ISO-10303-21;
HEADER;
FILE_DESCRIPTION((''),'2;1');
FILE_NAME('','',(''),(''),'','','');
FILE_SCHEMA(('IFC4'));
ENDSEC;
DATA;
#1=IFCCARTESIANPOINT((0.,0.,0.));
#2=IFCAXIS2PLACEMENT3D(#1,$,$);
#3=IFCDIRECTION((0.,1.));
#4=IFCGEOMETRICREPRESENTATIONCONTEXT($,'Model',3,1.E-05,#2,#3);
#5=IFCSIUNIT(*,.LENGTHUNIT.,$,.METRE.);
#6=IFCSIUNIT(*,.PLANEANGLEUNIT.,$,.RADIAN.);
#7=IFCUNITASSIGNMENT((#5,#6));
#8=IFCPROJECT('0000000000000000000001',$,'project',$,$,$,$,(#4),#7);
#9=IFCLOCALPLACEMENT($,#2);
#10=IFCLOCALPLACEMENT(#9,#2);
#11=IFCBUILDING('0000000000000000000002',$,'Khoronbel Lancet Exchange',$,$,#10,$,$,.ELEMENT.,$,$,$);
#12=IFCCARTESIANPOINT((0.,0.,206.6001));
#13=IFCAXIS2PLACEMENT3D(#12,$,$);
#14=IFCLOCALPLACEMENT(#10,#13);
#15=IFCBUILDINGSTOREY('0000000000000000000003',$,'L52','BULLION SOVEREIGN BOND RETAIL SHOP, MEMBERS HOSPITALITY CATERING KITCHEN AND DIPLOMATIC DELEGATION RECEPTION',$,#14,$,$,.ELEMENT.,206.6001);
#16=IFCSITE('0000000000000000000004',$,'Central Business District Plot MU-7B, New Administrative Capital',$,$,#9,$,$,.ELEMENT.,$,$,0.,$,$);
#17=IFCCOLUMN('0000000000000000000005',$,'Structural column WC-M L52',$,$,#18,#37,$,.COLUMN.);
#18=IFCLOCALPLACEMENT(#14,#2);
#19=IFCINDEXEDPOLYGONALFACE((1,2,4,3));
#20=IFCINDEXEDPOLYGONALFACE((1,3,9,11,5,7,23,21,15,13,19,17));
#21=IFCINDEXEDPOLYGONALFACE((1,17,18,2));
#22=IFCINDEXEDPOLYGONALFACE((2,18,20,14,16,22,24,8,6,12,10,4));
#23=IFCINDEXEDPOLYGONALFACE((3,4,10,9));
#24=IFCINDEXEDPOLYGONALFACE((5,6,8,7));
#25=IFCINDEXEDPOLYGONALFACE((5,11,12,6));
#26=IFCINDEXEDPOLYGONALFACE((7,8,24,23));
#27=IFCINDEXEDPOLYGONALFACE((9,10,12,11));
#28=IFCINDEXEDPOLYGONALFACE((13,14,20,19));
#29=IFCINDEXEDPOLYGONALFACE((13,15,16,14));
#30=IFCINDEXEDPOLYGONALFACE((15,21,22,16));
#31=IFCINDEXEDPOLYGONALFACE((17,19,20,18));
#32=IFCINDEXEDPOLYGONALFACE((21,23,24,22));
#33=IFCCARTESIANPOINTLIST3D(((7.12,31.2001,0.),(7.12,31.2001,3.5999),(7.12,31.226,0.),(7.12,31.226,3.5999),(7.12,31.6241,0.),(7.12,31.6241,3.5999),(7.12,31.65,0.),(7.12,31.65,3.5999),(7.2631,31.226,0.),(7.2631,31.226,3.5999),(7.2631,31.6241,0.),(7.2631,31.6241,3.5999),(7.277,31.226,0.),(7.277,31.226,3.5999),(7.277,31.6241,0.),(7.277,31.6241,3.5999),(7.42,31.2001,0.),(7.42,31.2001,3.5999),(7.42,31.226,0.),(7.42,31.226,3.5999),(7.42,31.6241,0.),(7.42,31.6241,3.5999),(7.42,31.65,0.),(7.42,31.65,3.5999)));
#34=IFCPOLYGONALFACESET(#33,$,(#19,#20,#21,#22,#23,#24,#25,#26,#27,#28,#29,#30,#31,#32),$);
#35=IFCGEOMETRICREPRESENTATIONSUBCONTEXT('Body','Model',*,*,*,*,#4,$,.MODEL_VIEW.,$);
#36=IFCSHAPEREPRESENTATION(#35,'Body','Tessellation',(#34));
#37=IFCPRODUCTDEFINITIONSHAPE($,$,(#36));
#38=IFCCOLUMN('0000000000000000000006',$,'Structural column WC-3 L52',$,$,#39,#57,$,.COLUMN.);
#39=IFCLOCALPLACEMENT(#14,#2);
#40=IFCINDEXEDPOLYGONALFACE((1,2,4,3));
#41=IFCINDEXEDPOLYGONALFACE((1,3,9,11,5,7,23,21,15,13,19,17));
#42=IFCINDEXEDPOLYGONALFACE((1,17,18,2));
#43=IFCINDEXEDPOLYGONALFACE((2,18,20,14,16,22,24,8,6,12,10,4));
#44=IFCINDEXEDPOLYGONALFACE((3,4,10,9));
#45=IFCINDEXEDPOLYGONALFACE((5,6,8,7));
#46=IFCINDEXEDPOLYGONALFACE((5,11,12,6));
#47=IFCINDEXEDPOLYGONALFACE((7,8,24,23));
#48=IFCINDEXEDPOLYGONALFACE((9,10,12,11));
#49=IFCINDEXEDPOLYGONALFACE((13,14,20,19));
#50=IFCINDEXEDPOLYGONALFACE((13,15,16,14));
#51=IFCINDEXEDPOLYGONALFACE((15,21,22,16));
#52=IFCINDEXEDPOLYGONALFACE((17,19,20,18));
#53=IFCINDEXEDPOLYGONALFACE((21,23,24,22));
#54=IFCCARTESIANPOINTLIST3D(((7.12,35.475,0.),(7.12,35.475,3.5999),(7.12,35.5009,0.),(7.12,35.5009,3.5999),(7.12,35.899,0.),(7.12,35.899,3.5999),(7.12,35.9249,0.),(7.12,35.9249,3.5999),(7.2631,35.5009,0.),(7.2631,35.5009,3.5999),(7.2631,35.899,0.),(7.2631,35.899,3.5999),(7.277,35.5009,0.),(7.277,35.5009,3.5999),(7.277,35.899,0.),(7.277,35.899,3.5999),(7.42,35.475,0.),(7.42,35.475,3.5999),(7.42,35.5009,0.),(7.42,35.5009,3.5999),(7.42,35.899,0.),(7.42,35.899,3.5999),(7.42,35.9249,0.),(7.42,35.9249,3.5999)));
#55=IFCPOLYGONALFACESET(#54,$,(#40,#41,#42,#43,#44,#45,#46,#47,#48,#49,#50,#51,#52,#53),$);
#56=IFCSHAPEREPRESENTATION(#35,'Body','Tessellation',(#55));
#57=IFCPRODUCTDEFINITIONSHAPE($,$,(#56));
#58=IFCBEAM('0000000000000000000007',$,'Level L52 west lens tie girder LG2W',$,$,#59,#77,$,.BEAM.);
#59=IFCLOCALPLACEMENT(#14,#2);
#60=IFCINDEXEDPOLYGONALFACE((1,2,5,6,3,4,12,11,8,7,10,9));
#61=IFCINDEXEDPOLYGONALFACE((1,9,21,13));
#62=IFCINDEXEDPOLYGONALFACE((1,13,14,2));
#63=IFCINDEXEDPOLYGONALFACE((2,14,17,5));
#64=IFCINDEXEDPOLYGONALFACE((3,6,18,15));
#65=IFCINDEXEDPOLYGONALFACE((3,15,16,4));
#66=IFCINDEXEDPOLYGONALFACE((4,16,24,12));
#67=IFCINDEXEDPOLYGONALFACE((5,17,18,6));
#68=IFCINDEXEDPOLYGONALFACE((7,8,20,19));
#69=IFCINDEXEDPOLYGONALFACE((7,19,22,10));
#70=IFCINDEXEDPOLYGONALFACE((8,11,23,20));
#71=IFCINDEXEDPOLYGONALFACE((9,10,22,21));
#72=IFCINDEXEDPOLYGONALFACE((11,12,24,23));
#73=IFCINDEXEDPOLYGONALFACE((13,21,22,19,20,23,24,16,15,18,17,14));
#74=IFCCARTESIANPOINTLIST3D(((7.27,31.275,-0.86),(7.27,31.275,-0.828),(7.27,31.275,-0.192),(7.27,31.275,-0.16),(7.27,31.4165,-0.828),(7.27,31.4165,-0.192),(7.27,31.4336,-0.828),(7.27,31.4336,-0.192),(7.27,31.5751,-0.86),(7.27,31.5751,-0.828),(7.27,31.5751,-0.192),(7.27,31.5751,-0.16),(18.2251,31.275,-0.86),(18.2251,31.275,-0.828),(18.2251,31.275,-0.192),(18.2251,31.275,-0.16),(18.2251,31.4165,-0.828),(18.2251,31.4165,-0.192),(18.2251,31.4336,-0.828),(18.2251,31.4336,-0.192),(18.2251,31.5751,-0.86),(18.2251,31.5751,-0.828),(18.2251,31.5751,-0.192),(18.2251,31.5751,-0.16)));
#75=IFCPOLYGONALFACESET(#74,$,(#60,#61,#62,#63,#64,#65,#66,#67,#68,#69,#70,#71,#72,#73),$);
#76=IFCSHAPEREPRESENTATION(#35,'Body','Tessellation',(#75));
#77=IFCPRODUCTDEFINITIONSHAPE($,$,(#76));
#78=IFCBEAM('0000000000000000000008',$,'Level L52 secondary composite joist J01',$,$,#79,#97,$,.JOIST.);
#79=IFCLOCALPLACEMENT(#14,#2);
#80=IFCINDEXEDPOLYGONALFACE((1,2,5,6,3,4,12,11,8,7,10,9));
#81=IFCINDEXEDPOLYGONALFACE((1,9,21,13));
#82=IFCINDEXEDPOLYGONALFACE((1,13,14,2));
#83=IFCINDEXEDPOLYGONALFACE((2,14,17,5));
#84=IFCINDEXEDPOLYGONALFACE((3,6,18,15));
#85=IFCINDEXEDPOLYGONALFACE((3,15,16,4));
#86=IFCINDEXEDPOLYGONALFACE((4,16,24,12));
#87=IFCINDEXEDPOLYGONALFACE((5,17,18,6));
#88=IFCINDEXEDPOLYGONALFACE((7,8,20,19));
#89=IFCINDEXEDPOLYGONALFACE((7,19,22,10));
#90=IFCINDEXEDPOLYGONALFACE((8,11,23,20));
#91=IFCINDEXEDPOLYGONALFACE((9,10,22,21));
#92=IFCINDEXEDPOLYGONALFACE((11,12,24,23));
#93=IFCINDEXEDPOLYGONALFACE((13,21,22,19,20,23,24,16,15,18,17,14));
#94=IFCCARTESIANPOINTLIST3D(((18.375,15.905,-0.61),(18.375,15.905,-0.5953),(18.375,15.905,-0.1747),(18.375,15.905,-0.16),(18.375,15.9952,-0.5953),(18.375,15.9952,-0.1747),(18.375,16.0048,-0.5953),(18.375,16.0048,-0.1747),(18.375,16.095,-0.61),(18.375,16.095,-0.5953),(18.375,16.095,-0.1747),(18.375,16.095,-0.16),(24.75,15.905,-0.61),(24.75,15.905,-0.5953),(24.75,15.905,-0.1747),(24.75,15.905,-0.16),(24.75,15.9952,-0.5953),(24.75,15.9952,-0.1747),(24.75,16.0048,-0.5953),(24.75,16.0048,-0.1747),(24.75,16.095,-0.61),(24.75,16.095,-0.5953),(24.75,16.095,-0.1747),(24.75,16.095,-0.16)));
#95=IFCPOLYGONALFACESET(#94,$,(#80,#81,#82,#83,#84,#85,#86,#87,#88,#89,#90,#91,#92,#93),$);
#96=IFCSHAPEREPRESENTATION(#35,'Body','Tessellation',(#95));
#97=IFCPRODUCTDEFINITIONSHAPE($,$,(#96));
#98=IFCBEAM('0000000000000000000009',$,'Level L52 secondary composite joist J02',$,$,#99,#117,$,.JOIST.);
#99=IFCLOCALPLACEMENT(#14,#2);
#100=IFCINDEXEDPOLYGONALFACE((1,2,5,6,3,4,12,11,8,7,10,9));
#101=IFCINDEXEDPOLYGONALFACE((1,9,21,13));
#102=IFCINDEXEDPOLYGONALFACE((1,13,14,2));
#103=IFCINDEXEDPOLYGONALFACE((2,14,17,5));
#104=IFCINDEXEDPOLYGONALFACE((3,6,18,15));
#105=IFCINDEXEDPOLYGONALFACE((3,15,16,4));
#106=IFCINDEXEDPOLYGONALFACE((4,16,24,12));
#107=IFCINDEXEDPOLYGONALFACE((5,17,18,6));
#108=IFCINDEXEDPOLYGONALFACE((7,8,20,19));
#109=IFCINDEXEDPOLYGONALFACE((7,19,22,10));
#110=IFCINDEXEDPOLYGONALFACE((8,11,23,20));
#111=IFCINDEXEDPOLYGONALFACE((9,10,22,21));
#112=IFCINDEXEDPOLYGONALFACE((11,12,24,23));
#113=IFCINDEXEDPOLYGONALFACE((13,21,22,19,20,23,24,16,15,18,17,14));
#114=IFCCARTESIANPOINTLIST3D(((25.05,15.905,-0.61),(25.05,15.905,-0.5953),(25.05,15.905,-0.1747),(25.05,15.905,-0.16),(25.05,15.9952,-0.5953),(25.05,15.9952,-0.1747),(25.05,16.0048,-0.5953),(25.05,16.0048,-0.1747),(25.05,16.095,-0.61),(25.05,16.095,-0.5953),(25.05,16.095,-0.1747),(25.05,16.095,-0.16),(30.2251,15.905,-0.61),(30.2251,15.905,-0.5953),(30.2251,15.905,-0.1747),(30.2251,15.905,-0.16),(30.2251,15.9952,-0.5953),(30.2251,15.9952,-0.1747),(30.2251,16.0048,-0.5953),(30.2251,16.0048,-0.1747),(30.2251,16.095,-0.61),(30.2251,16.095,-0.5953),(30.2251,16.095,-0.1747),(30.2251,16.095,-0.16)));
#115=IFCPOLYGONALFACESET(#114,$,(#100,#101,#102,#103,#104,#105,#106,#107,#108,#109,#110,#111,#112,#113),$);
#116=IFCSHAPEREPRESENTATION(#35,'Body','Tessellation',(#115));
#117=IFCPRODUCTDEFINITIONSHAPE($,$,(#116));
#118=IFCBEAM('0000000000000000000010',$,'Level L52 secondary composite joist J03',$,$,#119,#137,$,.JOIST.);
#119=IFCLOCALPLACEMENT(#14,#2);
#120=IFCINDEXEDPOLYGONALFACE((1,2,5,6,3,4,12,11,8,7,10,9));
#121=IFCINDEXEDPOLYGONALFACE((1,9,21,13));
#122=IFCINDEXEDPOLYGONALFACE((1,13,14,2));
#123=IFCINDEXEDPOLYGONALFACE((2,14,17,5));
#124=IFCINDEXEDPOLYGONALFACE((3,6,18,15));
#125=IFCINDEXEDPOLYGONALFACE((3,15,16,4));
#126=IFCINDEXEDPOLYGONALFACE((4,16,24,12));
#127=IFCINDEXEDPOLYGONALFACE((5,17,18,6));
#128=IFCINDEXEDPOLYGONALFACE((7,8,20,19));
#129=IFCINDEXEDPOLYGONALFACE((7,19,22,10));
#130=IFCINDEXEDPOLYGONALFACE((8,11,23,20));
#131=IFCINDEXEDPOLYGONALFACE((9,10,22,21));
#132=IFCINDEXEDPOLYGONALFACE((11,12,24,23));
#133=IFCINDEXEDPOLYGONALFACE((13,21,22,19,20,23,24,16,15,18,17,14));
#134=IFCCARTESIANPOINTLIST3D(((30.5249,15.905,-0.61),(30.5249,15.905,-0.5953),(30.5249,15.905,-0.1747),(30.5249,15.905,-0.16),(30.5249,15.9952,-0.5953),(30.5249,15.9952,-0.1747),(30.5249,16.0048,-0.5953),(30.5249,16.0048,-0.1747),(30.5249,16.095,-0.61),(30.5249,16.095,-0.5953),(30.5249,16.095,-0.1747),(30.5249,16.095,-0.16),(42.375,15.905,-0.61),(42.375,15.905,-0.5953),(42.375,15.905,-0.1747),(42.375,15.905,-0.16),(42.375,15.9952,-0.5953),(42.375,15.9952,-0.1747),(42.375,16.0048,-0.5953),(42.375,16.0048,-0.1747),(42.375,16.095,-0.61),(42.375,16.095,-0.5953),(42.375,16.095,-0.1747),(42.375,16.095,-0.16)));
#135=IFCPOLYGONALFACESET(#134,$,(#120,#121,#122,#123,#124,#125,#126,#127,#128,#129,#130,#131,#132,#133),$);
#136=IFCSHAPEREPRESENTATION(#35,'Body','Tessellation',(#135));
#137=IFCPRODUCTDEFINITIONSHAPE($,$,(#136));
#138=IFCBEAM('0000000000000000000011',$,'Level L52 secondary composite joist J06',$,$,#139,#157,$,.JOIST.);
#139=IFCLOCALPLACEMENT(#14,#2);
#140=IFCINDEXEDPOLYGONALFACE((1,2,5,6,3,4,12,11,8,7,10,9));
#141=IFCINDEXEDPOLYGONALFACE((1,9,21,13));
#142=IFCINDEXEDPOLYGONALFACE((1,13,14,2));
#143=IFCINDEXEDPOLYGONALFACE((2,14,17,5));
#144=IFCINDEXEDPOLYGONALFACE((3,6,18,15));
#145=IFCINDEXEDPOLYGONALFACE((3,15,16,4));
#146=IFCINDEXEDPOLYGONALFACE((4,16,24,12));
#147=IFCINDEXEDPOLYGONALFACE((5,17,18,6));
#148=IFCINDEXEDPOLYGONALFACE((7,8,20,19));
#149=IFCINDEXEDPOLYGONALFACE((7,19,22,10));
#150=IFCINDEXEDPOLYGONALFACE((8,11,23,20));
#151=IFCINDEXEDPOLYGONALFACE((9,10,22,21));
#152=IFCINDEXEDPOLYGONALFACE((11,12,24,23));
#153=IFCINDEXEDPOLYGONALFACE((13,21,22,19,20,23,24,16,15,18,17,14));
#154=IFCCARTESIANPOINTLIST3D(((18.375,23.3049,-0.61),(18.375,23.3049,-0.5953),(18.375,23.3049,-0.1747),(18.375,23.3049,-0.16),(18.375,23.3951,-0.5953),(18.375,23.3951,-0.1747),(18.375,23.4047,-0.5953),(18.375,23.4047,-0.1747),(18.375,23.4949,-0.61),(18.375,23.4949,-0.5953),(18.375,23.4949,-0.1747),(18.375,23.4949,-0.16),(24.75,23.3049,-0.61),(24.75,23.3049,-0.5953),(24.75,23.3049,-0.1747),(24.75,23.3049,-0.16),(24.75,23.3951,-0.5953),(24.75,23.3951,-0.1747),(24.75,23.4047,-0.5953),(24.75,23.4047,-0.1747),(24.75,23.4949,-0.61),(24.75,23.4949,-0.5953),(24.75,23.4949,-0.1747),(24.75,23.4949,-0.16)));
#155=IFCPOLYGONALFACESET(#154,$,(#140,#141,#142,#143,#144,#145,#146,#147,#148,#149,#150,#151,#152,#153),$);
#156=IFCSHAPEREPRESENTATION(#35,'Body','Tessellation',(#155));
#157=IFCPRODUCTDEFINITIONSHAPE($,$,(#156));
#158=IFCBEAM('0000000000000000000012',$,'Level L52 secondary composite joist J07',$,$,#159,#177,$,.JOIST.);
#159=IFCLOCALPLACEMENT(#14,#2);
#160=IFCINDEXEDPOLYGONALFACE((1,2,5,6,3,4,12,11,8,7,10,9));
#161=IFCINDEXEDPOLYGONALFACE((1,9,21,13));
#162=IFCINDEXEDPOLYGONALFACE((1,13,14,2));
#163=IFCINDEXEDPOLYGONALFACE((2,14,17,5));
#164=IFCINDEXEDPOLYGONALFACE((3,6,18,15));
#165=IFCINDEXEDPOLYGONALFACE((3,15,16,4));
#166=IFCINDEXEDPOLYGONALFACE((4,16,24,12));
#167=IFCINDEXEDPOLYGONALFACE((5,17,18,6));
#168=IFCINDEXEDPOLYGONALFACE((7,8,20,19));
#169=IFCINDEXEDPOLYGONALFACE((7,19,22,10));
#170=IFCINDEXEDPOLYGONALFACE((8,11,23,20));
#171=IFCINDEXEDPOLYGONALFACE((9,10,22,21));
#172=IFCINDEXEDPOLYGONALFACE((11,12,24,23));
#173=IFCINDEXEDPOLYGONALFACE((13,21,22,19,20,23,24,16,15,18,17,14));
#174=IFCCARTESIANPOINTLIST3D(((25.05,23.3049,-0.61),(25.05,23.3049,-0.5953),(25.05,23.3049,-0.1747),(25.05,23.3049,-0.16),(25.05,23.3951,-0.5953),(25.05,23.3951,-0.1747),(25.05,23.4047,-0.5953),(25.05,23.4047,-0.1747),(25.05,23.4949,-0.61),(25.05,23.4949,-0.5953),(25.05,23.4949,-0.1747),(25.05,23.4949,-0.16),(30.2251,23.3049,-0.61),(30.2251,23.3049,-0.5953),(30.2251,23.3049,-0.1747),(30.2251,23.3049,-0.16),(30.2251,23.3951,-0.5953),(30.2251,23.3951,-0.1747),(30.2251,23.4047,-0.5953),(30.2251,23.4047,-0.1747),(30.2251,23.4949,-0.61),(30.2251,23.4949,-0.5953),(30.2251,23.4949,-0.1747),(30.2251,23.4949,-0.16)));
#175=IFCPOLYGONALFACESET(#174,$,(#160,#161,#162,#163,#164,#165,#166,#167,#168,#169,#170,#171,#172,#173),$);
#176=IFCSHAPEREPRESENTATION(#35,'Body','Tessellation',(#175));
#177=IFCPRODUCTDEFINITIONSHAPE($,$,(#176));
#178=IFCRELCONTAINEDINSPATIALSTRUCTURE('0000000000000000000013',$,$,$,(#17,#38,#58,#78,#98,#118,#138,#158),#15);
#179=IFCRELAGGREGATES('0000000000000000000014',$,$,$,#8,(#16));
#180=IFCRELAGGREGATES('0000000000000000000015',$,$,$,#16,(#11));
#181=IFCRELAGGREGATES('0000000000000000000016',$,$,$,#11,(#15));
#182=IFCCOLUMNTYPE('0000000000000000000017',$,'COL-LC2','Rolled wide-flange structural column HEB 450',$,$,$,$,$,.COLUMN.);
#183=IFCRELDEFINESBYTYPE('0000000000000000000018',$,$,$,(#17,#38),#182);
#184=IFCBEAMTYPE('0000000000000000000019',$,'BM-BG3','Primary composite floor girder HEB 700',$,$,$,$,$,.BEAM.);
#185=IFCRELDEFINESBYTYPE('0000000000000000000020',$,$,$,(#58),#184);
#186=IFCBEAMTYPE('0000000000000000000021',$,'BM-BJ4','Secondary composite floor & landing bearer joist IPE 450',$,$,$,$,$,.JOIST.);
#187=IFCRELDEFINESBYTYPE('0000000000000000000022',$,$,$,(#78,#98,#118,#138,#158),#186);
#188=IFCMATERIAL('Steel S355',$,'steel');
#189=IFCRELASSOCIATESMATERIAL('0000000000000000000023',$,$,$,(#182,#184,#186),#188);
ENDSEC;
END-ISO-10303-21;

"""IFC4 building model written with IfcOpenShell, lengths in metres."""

from ifc_helpers import new_model, si_unit, direction, frame, origin, origin_2d, place, context, subcontext, project, spatial, i_section, extrude, material, material_profile, profile_set, type_object, element, save


model = new_model("IFC4")

# Units and contexts
model_context = context("Model", 3, precision=1e-05, world=origin(), true_north=direction((0.0, 1.0)))
body_context = subcontext(model_context, "Body", "Model", "MODEL_VIEW")
ifc_project = project(units=[si_unit("LENGTHUNIT", "METRE"), si_unit("PLANEANGLEUNIT", "RADIAN")], contexts=[model_context])

# Site, building, storey
site_placement = place(None, origin())
site = spatial("IfcSite", under=ifc_project, at=site_placement, Name="Central Business District Plot MU-7B, New Administrative Capital", CompositionType="ELEMENT", RefElevation=0.0)
building_placement = place(site_placement, origin())
building = spatial("IfcBuilding", under=site, at=building_placement, Name="Khoronbel Lancet Exchange", CompositionType="ELEMENT")
storey_placement = place(building_placement, frame((0.0, 0.0, 206.6001)))
storey = spatial("IfcBuildingStorey", under=building, at=storey_placement, Name="L52", Description="BULLION SOVEREIGN BOND RETAIL SHOP, MEMBERS HOSPITALITY CATERING KITCHEN AND DIPLOMATIC DELEGATION RECEPTION", CompositionType="ELEMENT", Elevation=206.6001)

# Columns
ifc_material_1 = material(Name="Steel S355", Category="steel")
ifc_material_profile_1 = material_profile(ifc_material_1, i_section(OverallWidth=0.3, OverallDepth=0.45, WebThickness=0.0139, FlangeThickness=0.0259, at=origin_2d()), Name="HEB 450")
ifc_profile_set_1 = profile_set([ifc_material_profile_1], Name="Steel S355")
column_type = type_object("IfcColumnType", Name="COL-LC2", Description="Rolled wide-flange structural column HEB 450", PredefinedType="COLUMN", material=ifc_profile_set_1)
for number, where, z_axis, x_axis, name in (
    (1, (7.27, 31.425, 0.0), (0.0, 0.0, 1.0), (1.0, 0.0, 0.0), "Structural column WC-M L52"),
    (2, (7.27, 35.7, 0.0), (0.0, 0.0, 1.0), (1.0, 0.0, 0.0), "Structural column WC-3 L52"),
):
    element("IfcColumn", number, at=place(storey_placement, frame(where, z_axis=z_axis, x_axis=x_axis)), inside=storey, type_object=column_type, Name=name, PredefinedType="COLUMN", context=body_context, shape_type="SweptSolid", body=[
        extrude(i_section(OverallWidth=0.3, OverallDepth=0.45, WebThickness=0.0139, FlangeThickness=0.0259, at=origin_2d()), origin(), (0.0, 0.0, 1.0), 3.5999),
    ])

# Beams
ifc_material_profile_2 = material_profile(ifc_material_1, i_section(OverallWidth=0.3, OverallDepth=0.7, WebThickness=0.0171, FlangeThickness=0.032, at=origin_2d()), Name="HEB 700")
ifc_profile_set_2 = profile_set([ifc_material_profile_2], Name="Steel S355")
beam_type_1 = type_object("IfcBeamType", Name="BM-BG3", Description="Primary composite floor girder HEB 700", PredefinedType="BEAM", material=ifc_profile_set_2)
beam_1_placement = place(storey_placement, frame((7.27, 31.425, -0.51), z_axis=(1.0, 0.0, 0.0), x_axis=(0.0, 1.0, 0.0)))
element("IfcBeam", 3, at=beam_1_placement, inside=storey, type_object=beam_type_1, Name="Level L52 west lens tie girder LG2W", PredefinedType="BEAM", context=body_context, shape_type="SweptSolid", body=[
    extrude(i_section(OverallWidth=0.3, OverallDepth=0.7, WebThickness=0.0171, FlangeThickness=0.032, at=origin_2d()), origin(), (0.0, 0.0, 1.0), 10.9551),
])
ifc_material_profile_3 = material_profile(ifc_material_1, i_section(OverallWidth=0.1899, OverallDepth=0.45, WebThickness=0.0095, FlangeThickness=0.0146, at=origin_2d()), Name="IPE 450")
ifc_profile_set_3 = profile_set([ifc_material_profile_3], Name="Steel S355")
beam_type_2 = type_object("IfcBeamType", Name="BM-BJ4", Description="Secondary composite floor & landing bearer joist IPE 450", PredefinedType="JOIST", material=ifc_profile_set_3)
beam_2_placement = place(storey_placement, frame((18.375, 16.0, -0.385), z_axis=(1.0, 0.0, 0.0), x_axis=(0.0, 1.0, 0.0)))
element("IfcBeam", 4, at=beam_2_placement, inside=storey, type_object=beam_type_2, Name="Level L52 secondary composite joist J01", PredefinedType="JOIST", context=body_context, shape_type="SweptSolid", body=[
    extrude(i_section(OverallWidth=0.1899, OverallDepth=0.45, WebThickness=0.0095, FlangeThickness=0.0146, at=origin_2d()), origin(), (0.0, 0.0, 1.0), 6.375),
])
beam_3_placement = place(storey_placement, frame((25.05, 16.0, -0.385), z_axis=(1.0, 0.0, 0.0), x_axis=(0.0, 1.0, 0.0)))
element("IfcBeam", 5, at=beam_3_placement, inside=storey, type_object=beam_type_2, Name="Level L52 secondary composite joist J02", PredefinedType="JOIST", context=body_context, shape_type="SweptSolid", body=[
    extrude(i_section(OverallWidth=0.1899, OverallDepth=0.45, WebThickness=0.0095, FlangeThickness=0.0146, at=origin_2d()), origin(), (0.0, 0.0, 1.0), 5.175),
])
beam_4_placement = place(storey_placement, frame((30.5249, 16.0, -0.385), z_axis=(1.0, 0.0, 0.0), x_axis=(0.0, 1.0, 0.0)))
element("IfcBeam", 6, at=beam_4_placement, inside=storey, type_object=beam_type_2, Name="Level L52 secondary composite joist J03", PredefinedType="JOIST", context=body_context, shape_type="SweptSolid", body=[
    extrude(i_section(OverallWidth=0.1899, OverallDepth=0.45, WebThickness=0.0095, FlangeThickness=0.0146, at=origin_2d()), origin(), (0.0, 0.0, 1.0), 11.8501),
])
beam_5_placement = place(storey_placement, frame((18.375, 23.3999, -0.385), z_axis=(1.0, 0.0, 0.0), x_axis=(0.0, 1.0, 0.0)))
element("IfcBeam", 7, at=beam_5_placement, inside=storey, type_object=beam_type_2, Name="Level L52 secondary composite joist J06", PredefinedType="JOIST", context=body_context, shape_type="SweptSolid", body=[
    extrude(i_section(OverallWidth=0.1899, OverallDepth=0.45, WebThickness=0.0095, FlangeThickness=0.0146, at=origin_2d()), origin(), (0.0, 0.0, 1.0), 6.375),
])
beam_6_placement = place(storey_placement, frame((25.05, 23.3999, -0.385), z_axis=(1.0, 0.0, 0.0), x_axis=(0.0, 1.0, 0.0)))
element("IfcBeam", 8, at=beam_6_placement, inside=storey, type_object=beam_type_2, Name="Level L52 secondary composite joist J07", PredefinedType="JOIST", context=body_context, shape_type="SweptSolid", body=[
    extrude(i_section(OverallWidth=0.1899, OverallDepth=0.45, WebThickness=0.0095, FlangeThickness=0.0146, at=origin_2d()), origin(), (0.0, 0.0, 1.0), 5.175),
])

save(model, "model.ifc")
